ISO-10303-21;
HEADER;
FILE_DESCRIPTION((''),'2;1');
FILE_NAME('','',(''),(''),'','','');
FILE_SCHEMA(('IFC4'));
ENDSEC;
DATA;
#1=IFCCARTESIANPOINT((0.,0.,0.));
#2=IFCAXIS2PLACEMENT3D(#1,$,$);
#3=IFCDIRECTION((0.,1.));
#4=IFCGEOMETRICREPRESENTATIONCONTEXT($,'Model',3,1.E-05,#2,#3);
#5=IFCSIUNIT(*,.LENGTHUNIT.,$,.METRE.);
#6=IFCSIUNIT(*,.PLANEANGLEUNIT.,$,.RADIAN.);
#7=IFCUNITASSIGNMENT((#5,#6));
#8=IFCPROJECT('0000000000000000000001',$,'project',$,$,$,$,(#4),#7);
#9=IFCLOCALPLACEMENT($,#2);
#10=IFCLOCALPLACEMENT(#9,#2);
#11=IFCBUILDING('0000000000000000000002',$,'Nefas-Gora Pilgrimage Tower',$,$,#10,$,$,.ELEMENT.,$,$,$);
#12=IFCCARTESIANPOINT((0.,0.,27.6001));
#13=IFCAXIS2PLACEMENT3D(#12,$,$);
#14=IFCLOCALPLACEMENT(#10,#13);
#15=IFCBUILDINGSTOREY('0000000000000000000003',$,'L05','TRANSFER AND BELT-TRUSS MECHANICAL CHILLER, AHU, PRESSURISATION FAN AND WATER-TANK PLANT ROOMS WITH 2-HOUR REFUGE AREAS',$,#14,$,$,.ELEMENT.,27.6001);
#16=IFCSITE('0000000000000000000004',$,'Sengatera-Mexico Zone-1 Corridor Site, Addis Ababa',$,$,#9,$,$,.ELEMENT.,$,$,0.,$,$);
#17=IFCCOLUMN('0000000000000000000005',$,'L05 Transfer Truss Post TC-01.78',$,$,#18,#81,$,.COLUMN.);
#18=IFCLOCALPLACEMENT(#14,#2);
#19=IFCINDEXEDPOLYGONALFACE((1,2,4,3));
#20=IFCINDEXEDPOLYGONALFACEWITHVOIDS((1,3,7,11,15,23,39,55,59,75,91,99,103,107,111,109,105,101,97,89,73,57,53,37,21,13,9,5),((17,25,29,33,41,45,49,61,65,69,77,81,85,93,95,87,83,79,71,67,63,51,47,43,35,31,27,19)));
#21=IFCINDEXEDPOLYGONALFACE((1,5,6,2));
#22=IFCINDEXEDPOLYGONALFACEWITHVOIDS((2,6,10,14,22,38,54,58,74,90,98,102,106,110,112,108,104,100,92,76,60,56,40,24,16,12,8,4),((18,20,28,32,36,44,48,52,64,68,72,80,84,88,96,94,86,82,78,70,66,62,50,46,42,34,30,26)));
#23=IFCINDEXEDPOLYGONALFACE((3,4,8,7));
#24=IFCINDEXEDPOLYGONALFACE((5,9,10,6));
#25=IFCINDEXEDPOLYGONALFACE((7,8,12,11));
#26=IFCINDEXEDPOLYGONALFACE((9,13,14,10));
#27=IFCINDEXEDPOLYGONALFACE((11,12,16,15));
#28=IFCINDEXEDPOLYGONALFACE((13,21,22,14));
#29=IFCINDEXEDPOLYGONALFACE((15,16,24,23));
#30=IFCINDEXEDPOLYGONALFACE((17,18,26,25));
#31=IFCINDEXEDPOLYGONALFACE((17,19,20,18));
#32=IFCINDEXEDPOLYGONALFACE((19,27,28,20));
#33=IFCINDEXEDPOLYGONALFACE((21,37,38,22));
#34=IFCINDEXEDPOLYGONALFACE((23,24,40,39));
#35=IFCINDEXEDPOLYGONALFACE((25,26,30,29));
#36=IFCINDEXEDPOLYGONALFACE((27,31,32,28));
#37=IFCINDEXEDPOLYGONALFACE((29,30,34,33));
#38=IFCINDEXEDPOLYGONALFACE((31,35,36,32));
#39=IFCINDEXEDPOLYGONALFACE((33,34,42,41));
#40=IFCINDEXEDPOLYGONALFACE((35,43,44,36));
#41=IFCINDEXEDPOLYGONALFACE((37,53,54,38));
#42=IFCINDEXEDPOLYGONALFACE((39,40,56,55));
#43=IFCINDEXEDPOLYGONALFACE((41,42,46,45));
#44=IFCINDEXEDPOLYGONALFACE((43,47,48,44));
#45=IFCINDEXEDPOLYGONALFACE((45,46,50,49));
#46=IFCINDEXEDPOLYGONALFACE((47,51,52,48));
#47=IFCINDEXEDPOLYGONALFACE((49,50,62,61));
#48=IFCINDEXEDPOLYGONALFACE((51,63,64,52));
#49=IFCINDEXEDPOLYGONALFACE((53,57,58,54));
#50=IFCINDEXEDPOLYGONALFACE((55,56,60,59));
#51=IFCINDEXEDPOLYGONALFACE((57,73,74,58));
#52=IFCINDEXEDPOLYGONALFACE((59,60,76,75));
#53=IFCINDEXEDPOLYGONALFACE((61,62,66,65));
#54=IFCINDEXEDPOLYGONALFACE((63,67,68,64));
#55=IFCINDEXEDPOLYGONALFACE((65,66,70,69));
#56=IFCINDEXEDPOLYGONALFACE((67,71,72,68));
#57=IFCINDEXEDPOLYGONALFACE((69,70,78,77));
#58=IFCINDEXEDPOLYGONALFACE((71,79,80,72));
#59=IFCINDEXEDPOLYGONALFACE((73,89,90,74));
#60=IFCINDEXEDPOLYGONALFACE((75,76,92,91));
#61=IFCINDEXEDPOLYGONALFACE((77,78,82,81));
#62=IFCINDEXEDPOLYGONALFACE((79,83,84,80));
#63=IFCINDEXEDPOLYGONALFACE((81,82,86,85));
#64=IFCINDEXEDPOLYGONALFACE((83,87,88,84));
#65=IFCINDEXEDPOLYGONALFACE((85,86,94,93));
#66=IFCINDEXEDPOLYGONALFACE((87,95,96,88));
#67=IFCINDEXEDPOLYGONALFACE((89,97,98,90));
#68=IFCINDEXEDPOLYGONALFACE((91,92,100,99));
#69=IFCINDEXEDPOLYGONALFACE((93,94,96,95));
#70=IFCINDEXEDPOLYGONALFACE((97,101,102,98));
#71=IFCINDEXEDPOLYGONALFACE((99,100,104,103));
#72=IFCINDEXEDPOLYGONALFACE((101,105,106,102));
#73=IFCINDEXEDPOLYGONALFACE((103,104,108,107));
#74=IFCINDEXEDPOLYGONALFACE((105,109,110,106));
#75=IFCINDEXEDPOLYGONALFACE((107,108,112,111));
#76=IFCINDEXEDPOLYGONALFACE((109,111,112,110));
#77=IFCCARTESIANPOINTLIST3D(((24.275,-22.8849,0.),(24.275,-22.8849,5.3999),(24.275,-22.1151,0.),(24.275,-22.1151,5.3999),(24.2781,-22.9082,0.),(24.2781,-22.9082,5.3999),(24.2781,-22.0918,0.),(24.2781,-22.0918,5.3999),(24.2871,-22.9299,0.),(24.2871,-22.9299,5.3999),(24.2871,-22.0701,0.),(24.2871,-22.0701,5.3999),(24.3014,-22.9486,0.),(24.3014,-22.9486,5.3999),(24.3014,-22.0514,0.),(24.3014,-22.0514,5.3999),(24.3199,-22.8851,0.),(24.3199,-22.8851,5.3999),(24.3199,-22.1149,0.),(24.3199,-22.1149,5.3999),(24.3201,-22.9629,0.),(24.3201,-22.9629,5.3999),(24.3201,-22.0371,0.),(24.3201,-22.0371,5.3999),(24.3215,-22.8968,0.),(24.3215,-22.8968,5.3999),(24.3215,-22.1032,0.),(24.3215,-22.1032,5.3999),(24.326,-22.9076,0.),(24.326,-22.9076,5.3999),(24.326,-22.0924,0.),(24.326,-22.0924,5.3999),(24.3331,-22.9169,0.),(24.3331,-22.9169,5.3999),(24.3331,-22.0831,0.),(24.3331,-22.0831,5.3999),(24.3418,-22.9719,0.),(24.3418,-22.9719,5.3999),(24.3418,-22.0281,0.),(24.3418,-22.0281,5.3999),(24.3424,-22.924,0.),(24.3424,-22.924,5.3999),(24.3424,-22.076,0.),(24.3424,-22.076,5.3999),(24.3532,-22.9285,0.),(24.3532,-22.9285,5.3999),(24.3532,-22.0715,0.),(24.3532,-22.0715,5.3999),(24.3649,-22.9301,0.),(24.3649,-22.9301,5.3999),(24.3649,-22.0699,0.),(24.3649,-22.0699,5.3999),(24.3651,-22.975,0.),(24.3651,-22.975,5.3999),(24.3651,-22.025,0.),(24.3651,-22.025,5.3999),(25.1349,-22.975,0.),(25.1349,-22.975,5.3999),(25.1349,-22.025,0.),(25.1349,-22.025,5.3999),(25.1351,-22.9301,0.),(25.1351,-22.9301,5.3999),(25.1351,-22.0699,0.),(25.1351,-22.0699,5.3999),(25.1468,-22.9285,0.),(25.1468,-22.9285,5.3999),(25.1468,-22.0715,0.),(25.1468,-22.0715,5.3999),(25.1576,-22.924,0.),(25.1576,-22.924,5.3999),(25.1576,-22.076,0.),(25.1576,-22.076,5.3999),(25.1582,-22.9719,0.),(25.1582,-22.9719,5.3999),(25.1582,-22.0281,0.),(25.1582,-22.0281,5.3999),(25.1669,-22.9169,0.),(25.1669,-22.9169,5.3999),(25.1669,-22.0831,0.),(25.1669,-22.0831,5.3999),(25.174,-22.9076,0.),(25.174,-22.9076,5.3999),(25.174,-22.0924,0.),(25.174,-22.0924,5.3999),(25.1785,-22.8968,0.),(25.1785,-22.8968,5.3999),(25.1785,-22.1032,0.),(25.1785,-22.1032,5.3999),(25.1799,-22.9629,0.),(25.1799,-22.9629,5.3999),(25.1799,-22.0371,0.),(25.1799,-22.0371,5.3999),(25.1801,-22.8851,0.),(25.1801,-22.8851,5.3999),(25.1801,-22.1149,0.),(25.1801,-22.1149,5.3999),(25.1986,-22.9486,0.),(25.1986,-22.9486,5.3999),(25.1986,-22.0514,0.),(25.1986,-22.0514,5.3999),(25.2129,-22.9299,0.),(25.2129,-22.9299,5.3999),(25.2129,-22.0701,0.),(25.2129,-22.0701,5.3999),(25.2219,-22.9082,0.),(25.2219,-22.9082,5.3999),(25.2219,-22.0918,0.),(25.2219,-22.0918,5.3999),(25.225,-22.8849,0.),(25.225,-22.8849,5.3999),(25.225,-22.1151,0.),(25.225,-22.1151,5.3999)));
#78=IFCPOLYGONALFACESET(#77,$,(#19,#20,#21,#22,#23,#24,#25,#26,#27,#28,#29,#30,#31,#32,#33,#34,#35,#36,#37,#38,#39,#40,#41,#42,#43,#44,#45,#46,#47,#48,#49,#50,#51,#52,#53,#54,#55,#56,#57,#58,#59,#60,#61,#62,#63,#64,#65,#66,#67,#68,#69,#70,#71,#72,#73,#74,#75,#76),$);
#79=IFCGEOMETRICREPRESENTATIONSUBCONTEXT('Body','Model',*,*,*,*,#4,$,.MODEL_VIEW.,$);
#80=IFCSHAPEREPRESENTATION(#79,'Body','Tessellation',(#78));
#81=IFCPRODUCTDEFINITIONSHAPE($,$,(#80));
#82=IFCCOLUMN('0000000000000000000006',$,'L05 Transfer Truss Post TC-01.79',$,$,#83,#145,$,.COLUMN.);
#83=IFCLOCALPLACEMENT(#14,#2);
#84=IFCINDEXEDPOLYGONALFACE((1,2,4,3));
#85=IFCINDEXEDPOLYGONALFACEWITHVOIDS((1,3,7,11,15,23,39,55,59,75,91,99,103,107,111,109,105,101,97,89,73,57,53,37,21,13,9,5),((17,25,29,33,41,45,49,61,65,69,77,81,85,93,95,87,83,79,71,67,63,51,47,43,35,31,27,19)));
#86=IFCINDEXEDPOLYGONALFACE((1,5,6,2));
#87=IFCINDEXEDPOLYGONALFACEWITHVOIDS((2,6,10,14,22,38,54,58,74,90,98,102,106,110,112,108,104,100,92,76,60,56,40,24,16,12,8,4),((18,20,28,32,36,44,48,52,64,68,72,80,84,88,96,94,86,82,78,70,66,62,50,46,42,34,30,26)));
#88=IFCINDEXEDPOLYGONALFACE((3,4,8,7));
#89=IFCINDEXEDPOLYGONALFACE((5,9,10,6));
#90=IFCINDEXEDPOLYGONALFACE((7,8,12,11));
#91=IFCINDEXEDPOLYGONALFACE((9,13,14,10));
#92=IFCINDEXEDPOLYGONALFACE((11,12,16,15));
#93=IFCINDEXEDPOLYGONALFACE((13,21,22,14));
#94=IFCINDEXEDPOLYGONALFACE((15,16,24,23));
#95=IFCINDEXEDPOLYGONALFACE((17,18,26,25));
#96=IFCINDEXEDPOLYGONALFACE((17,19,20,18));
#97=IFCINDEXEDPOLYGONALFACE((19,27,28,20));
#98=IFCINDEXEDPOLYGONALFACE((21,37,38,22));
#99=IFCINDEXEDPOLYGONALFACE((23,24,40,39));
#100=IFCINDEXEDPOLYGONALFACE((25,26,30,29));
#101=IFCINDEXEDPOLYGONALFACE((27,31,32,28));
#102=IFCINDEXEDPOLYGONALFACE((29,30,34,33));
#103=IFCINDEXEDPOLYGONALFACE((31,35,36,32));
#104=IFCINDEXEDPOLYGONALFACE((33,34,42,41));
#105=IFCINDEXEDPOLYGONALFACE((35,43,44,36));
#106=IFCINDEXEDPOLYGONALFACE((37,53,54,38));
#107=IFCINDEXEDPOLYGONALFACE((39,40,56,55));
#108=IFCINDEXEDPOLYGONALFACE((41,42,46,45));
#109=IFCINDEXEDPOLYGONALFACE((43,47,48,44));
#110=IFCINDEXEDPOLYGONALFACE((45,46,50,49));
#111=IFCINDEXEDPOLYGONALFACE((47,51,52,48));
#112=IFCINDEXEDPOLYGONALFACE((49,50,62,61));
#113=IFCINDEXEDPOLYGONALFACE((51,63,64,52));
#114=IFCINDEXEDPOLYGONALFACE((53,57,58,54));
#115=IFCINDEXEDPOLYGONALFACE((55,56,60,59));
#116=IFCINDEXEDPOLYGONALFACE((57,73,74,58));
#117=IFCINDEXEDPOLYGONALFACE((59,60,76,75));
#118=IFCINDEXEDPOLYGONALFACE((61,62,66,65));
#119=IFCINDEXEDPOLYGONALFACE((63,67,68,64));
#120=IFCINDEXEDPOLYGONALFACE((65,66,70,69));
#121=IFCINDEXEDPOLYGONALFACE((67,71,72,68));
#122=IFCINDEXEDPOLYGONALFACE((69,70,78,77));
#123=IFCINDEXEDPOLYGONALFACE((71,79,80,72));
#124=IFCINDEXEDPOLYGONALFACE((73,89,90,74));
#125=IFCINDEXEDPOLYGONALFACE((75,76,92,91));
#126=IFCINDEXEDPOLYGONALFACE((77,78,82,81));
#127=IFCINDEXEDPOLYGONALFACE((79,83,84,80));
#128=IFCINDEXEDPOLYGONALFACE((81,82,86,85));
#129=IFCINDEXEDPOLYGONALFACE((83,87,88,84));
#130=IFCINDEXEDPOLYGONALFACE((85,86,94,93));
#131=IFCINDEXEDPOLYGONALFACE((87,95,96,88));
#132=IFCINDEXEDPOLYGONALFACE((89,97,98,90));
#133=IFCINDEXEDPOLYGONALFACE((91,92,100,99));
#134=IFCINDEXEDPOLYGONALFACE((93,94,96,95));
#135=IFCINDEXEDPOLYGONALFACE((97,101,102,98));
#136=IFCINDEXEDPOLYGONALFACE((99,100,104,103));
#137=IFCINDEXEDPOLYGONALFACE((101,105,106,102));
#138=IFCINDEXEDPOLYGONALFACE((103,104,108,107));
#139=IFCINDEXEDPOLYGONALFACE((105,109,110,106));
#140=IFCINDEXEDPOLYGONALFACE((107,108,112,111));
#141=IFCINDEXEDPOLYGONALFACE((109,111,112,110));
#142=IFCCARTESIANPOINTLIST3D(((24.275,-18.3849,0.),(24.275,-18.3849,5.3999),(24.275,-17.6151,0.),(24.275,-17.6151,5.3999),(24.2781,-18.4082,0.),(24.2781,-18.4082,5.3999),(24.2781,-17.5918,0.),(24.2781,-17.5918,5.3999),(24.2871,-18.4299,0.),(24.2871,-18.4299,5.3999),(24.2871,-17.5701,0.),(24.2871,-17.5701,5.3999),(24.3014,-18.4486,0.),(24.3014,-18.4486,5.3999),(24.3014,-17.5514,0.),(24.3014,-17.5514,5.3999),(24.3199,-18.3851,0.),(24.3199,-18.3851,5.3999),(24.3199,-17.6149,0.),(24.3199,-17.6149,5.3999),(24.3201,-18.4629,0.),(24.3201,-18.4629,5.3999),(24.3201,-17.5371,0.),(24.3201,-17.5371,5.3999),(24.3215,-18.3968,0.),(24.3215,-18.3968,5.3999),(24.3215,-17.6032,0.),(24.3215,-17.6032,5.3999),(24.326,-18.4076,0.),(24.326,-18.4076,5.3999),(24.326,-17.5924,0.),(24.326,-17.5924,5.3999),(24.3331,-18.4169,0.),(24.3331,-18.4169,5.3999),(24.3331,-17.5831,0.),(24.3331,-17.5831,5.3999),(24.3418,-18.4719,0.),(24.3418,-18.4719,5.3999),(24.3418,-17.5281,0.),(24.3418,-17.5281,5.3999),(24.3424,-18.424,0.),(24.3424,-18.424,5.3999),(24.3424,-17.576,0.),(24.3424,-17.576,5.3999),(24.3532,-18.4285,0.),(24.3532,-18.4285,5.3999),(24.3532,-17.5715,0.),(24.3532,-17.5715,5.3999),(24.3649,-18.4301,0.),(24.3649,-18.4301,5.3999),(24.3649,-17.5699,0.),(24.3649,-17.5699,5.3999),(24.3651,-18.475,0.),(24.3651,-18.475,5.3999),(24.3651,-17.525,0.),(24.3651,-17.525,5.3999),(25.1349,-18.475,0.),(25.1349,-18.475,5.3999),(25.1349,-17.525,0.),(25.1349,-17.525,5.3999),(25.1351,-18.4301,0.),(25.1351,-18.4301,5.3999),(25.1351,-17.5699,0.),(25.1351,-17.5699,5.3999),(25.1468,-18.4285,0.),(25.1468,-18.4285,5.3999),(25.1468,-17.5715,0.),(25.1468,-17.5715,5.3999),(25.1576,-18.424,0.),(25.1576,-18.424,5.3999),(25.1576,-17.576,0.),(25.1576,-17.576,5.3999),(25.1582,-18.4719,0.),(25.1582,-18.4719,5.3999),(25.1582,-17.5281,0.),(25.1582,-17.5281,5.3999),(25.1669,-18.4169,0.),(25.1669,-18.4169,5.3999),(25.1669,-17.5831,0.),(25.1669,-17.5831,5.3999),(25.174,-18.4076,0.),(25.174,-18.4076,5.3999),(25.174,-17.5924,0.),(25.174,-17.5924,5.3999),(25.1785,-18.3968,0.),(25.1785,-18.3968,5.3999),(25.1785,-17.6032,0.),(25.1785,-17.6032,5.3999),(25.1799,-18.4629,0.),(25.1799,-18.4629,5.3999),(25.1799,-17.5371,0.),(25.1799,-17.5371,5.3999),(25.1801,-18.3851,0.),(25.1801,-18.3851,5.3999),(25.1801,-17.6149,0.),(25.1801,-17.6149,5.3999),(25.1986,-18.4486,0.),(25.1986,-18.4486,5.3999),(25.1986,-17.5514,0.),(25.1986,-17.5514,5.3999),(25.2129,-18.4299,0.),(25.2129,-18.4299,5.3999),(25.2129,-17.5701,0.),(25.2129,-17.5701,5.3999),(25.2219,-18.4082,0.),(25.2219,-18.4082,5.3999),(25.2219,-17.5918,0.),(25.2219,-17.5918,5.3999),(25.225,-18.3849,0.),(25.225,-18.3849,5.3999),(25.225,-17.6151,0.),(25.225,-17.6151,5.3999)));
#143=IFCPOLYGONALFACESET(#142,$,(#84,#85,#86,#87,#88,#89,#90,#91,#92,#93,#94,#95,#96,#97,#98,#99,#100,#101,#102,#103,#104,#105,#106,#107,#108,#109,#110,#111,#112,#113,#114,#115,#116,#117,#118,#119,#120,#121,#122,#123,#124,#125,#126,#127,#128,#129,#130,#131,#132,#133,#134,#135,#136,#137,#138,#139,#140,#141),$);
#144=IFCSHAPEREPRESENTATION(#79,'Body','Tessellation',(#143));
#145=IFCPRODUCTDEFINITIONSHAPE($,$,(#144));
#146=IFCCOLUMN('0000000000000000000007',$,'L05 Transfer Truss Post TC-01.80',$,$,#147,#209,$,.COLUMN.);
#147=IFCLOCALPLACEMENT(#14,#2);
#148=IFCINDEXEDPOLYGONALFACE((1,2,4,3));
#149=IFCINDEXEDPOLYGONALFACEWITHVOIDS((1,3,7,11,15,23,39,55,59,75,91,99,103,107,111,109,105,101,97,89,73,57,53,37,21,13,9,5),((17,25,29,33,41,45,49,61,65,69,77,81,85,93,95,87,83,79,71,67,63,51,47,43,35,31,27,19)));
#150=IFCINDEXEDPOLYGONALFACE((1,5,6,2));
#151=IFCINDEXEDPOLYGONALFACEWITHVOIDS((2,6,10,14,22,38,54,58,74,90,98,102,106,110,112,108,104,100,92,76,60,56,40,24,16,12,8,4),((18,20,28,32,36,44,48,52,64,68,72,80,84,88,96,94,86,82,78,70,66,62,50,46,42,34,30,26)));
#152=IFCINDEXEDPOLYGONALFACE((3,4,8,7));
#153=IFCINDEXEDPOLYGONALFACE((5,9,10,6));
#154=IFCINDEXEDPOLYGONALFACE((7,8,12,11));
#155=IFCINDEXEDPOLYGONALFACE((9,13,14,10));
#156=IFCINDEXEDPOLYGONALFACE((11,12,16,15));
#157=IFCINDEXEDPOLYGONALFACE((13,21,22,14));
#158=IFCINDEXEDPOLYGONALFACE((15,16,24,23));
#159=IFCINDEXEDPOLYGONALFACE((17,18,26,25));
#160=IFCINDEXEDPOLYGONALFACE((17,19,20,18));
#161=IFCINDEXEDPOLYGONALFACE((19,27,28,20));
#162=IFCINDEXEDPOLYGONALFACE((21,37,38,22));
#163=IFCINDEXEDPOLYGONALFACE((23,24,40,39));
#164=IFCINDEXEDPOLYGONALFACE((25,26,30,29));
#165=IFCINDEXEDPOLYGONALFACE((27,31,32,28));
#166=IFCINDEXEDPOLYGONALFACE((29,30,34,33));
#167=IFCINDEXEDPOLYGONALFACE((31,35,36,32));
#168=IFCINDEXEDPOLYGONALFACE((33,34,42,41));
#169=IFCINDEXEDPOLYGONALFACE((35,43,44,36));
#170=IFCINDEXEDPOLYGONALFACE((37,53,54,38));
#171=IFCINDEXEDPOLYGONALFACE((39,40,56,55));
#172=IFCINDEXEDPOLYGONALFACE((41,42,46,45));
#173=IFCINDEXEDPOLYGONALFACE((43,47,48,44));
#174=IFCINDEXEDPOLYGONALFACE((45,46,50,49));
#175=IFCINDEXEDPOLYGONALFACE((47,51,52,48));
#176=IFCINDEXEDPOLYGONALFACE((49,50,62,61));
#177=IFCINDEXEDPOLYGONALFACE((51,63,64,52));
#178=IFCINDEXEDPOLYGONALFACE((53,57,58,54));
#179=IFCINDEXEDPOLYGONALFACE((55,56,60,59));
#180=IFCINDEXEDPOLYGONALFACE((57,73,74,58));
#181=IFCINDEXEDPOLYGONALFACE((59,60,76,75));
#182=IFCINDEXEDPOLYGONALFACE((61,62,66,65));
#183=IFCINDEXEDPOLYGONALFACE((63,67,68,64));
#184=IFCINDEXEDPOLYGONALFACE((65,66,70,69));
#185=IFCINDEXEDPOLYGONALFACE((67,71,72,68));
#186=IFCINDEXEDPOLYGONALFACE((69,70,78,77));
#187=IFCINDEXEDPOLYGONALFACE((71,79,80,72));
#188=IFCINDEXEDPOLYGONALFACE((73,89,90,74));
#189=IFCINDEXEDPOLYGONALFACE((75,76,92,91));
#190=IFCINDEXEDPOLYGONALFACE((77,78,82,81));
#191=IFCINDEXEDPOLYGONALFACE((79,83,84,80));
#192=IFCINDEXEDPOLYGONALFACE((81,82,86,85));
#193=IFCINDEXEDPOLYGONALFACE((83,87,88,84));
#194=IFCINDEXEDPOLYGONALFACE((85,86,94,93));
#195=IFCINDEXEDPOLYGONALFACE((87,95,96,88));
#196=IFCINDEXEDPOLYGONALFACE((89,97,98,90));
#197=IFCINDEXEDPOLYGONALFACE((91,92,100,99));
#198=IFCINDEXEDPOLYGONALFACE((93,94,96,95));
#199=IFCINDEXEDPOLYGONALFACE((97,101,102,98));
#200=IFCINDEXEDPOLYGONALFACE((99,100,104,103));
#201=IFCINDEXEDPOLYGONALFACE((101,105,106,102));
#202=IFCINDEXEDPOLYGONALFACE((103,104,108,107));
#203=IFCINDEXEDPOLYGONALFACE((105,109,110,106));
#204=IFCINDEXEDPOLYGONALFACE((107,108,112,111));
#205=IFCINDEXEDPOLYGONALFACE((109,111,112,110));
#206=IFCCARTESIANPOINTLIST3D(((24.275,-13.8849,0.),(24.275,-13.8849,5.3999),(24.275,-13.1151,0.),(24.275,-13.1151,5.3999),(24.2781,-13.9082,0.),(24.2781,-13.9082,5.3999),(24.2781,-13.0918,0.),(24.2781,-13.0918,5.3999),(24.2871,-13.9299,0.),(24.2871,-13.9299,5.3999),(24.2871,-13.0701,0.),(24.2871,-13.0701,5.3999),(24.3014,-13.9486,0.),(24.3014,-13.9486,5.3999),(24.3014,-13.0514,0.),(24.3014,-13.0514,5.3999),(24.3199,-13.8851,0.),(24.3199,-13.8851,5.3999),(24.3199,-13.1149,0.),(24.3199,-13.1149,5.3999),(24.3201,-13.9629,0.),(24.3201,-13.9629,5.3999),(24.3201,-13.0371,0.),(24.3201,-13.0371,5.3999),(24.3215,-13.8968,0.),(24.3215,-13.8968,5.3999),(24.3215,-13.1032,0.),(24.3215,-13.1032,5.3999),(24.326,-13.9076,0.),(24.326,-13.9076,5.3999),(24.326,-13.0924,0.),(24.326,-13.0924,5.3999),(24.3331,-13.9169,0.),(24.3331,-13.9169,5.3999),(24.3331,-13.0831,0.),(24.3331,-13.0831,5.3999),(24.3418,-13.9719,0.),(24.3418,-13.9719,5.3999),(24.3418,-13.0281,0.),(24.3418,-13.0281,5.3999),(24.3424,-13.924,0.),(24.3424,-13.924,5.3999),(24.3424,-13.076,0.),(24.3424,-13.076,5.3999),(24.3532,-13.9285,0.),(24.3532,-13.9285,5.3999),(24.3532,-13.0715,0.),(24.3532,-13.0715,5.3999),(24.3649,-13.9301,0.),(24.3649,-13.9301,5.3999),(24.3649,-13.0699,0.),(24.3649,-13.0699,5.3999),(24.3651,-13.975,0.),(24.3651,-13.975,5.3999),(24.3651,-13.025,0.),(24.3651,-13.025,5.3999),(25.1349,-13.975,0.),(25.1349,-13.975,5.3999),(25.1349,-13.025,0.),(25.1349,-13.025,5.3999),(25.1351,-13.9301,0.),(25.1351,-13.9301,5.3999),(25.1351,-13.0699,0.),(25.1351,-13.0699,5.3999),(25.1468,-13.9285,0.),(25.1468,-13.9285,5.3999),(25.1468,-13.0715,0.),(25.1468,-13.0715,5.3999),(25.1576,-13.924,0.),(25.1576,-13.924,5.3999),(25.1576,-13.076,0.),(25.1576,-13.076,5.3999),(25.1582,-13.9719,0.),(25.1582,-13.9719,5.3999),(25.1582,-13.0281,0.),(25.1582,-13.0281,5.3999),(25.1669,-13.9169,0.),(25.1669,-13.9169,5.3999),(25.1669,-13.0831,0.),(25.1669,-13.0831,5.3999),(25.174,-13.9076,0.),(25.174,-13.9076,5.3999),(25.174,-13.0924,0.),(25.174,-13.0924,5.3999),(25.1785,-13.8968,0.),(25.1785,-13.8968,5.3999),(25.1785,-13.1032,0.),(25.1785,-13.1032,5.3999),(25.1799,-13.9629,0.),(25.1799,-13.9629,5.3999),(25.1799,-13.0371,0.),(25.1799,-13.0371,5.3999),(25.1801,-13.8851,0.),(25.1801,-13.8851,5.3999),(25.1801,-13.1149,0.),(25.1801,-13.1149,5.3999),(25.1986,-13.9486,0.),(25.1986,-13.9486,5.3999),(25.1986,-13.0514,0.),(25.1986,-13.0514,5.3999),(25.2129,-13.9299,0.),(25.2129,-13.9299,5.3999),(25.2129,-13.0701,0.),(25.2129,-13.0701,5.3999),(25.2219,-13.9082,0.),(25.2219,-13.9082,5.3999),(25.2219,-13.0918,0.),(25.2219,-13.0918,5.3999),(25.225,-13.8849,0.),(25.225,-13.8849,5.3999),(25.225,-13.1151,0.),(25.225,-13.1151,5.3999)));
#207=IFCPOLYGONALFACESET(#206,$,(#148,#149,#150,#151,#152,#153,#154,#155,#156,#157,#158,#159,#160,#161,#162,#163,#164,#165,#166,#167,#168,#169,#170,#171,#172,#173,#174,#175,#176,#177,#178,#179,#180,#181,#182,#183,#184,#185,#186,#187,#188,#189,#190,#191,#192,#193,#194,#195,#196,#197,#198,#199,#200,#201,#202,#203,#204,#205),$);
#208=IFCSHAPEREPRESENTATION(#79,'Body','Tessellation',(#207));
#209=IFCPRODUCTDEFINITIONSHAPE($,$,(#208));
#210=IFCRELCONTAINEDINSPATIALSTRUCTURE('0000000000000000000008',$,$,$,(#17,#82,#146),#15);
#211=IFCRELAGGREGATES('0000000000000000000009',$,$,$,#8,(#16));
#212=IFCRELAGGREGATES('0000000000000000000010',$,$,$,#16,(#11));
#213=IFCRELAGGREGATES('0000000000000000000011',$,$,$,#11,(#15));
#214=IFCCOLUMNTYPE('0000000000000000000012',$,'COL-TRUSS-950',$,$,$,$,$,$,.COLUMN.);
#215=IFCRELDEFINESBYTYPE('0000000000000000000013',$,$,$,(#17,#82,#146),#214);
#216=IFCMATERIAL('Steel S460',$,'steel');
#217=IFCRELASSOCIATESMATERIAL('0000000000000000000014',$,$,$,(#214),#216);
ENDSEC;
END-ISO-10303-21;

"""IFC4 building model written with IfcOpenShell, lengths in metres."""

from ifc_helpers import new_model, si_unit, direction, frame, origin, origin_2d, place, context, subcontext, project, spatial, hollow_rectangle, extrude, source, transform, mapped, material, material_profile, profile_set, type_object, element, save


model = new_model("IFC4")

# Units and contexts
model_context = context("Model", 3, precision=1e-05, world=origin(), true_north=direction((0.0, 1.0)))
body_context = subcontext(model_context, "Body", "Model", "MODEL_VIEW")
ifc_project = project(units=[si_unit("LENGTHUNIT", "METRE"), si_unit("PLANEANGLEUNIT", "RADIAN")], contexts=[model_context])

# Site, building, storey
site_placement = place(None, origin())
site = spatial("IfcSite", under=ifc_project, at=site_placement, Name="Sengatera-Mexico Zone-1 Corridor Site, Addis Ababa", CompositionType="ELEMENT", RefElevation=0.0)
building_placement = place(site_placement, origin())
building = spatial("IfcBuilding", under=site, at=building_placement, Name="Nefas-Gora Pilgrimage Tower", CompositionType="ELEMENT")
storey_placement = place(building_placement, frame((0.0, 0.0, 27.6001)))
storey = spatial("IfcBuildingStorey", under=building, at=storey_placement, Name="L05", Description="TRANSFER AND BELT-TRUSS MECHANICAL CHILLER, AHU, PRESSURISATION FAN AND WATER-TANK PLANT ROOMS WITH 2-HOUR REFUGE AREAS", CompositionType="ELEMENT", Elevation=27.6001)

# Columns
ifc_material_1 = material(Name="Steel S460", Category="steel")
ifc_material_profile_1 = material_profile(ifc_material_1, hollow_rectangle(XDim=0.95, YDim=0.95, WallThickness=0.0449, InnerFilletRadius=0.0449, OuterFilletRadius=0.0901, at=origin_2d()), Name="BOX 950x950x45")
ifc_profile_set_1 = profile_set([ifc_material_profile_1], Name="Steel S460")
column_type_1 = type_object("IfcColumnType", Name="COL-TRUSS-950", PredefinedType="COLUMN", material=ifc_profile_set_1)
shared_shape_1 = source(origin(), body_context, "Body", "SweptSolid", [
    extrude(hollow_rectangle(XDim=0.95, YDim=0.95, WallThickness=0.0449, InnerFilletRadius=0.0449, OuterFilletRadius=0.0901, at=origin_2d()), origin(), (0.0, 0.0, 1.0), 5.3999),
])
for number, where, z_axis, x_axis, name in (
    (1, (24.75, -22.5, 0.0), (0.0, 0.0, 1.0), (1.0, 0.0, 0.0), "L05 Transfer Truss Post TC-01.78"),
    (2, (24.75, -18.0, 0.0), (0.0, 0.0, 1.0), (1.0, 0.0, 0.0), "L05 Transfer Truss Post TC-01.79"),
    (3, (24.75, -13.5, 0.0), (0.0, 0.0, 1.0), (1.0, 0.0, 0.0), "L05 Transfer Truss Post TC-01.80"),
):
    element("IfcColumn", number, at=place(storey_placement, frame(where, z_axis=z_axis, x_axis=x_axis)), inside=storey, type_object=column_type_1, Name=name, PredefinedType="COLUMN", context=body_context, shape_type="MappedRepresentation", body=[
        mapped(shared_shape_1, transform((0.0, 0.0, 0.0), x_axis=(1.0, 0.0, 0.0), y_axis=(0.0, 1.0, 0.0), z_axis=(0.0, 0.0, 1.0), scale=1.0)),
    ])

save(model, "model.ifc")
